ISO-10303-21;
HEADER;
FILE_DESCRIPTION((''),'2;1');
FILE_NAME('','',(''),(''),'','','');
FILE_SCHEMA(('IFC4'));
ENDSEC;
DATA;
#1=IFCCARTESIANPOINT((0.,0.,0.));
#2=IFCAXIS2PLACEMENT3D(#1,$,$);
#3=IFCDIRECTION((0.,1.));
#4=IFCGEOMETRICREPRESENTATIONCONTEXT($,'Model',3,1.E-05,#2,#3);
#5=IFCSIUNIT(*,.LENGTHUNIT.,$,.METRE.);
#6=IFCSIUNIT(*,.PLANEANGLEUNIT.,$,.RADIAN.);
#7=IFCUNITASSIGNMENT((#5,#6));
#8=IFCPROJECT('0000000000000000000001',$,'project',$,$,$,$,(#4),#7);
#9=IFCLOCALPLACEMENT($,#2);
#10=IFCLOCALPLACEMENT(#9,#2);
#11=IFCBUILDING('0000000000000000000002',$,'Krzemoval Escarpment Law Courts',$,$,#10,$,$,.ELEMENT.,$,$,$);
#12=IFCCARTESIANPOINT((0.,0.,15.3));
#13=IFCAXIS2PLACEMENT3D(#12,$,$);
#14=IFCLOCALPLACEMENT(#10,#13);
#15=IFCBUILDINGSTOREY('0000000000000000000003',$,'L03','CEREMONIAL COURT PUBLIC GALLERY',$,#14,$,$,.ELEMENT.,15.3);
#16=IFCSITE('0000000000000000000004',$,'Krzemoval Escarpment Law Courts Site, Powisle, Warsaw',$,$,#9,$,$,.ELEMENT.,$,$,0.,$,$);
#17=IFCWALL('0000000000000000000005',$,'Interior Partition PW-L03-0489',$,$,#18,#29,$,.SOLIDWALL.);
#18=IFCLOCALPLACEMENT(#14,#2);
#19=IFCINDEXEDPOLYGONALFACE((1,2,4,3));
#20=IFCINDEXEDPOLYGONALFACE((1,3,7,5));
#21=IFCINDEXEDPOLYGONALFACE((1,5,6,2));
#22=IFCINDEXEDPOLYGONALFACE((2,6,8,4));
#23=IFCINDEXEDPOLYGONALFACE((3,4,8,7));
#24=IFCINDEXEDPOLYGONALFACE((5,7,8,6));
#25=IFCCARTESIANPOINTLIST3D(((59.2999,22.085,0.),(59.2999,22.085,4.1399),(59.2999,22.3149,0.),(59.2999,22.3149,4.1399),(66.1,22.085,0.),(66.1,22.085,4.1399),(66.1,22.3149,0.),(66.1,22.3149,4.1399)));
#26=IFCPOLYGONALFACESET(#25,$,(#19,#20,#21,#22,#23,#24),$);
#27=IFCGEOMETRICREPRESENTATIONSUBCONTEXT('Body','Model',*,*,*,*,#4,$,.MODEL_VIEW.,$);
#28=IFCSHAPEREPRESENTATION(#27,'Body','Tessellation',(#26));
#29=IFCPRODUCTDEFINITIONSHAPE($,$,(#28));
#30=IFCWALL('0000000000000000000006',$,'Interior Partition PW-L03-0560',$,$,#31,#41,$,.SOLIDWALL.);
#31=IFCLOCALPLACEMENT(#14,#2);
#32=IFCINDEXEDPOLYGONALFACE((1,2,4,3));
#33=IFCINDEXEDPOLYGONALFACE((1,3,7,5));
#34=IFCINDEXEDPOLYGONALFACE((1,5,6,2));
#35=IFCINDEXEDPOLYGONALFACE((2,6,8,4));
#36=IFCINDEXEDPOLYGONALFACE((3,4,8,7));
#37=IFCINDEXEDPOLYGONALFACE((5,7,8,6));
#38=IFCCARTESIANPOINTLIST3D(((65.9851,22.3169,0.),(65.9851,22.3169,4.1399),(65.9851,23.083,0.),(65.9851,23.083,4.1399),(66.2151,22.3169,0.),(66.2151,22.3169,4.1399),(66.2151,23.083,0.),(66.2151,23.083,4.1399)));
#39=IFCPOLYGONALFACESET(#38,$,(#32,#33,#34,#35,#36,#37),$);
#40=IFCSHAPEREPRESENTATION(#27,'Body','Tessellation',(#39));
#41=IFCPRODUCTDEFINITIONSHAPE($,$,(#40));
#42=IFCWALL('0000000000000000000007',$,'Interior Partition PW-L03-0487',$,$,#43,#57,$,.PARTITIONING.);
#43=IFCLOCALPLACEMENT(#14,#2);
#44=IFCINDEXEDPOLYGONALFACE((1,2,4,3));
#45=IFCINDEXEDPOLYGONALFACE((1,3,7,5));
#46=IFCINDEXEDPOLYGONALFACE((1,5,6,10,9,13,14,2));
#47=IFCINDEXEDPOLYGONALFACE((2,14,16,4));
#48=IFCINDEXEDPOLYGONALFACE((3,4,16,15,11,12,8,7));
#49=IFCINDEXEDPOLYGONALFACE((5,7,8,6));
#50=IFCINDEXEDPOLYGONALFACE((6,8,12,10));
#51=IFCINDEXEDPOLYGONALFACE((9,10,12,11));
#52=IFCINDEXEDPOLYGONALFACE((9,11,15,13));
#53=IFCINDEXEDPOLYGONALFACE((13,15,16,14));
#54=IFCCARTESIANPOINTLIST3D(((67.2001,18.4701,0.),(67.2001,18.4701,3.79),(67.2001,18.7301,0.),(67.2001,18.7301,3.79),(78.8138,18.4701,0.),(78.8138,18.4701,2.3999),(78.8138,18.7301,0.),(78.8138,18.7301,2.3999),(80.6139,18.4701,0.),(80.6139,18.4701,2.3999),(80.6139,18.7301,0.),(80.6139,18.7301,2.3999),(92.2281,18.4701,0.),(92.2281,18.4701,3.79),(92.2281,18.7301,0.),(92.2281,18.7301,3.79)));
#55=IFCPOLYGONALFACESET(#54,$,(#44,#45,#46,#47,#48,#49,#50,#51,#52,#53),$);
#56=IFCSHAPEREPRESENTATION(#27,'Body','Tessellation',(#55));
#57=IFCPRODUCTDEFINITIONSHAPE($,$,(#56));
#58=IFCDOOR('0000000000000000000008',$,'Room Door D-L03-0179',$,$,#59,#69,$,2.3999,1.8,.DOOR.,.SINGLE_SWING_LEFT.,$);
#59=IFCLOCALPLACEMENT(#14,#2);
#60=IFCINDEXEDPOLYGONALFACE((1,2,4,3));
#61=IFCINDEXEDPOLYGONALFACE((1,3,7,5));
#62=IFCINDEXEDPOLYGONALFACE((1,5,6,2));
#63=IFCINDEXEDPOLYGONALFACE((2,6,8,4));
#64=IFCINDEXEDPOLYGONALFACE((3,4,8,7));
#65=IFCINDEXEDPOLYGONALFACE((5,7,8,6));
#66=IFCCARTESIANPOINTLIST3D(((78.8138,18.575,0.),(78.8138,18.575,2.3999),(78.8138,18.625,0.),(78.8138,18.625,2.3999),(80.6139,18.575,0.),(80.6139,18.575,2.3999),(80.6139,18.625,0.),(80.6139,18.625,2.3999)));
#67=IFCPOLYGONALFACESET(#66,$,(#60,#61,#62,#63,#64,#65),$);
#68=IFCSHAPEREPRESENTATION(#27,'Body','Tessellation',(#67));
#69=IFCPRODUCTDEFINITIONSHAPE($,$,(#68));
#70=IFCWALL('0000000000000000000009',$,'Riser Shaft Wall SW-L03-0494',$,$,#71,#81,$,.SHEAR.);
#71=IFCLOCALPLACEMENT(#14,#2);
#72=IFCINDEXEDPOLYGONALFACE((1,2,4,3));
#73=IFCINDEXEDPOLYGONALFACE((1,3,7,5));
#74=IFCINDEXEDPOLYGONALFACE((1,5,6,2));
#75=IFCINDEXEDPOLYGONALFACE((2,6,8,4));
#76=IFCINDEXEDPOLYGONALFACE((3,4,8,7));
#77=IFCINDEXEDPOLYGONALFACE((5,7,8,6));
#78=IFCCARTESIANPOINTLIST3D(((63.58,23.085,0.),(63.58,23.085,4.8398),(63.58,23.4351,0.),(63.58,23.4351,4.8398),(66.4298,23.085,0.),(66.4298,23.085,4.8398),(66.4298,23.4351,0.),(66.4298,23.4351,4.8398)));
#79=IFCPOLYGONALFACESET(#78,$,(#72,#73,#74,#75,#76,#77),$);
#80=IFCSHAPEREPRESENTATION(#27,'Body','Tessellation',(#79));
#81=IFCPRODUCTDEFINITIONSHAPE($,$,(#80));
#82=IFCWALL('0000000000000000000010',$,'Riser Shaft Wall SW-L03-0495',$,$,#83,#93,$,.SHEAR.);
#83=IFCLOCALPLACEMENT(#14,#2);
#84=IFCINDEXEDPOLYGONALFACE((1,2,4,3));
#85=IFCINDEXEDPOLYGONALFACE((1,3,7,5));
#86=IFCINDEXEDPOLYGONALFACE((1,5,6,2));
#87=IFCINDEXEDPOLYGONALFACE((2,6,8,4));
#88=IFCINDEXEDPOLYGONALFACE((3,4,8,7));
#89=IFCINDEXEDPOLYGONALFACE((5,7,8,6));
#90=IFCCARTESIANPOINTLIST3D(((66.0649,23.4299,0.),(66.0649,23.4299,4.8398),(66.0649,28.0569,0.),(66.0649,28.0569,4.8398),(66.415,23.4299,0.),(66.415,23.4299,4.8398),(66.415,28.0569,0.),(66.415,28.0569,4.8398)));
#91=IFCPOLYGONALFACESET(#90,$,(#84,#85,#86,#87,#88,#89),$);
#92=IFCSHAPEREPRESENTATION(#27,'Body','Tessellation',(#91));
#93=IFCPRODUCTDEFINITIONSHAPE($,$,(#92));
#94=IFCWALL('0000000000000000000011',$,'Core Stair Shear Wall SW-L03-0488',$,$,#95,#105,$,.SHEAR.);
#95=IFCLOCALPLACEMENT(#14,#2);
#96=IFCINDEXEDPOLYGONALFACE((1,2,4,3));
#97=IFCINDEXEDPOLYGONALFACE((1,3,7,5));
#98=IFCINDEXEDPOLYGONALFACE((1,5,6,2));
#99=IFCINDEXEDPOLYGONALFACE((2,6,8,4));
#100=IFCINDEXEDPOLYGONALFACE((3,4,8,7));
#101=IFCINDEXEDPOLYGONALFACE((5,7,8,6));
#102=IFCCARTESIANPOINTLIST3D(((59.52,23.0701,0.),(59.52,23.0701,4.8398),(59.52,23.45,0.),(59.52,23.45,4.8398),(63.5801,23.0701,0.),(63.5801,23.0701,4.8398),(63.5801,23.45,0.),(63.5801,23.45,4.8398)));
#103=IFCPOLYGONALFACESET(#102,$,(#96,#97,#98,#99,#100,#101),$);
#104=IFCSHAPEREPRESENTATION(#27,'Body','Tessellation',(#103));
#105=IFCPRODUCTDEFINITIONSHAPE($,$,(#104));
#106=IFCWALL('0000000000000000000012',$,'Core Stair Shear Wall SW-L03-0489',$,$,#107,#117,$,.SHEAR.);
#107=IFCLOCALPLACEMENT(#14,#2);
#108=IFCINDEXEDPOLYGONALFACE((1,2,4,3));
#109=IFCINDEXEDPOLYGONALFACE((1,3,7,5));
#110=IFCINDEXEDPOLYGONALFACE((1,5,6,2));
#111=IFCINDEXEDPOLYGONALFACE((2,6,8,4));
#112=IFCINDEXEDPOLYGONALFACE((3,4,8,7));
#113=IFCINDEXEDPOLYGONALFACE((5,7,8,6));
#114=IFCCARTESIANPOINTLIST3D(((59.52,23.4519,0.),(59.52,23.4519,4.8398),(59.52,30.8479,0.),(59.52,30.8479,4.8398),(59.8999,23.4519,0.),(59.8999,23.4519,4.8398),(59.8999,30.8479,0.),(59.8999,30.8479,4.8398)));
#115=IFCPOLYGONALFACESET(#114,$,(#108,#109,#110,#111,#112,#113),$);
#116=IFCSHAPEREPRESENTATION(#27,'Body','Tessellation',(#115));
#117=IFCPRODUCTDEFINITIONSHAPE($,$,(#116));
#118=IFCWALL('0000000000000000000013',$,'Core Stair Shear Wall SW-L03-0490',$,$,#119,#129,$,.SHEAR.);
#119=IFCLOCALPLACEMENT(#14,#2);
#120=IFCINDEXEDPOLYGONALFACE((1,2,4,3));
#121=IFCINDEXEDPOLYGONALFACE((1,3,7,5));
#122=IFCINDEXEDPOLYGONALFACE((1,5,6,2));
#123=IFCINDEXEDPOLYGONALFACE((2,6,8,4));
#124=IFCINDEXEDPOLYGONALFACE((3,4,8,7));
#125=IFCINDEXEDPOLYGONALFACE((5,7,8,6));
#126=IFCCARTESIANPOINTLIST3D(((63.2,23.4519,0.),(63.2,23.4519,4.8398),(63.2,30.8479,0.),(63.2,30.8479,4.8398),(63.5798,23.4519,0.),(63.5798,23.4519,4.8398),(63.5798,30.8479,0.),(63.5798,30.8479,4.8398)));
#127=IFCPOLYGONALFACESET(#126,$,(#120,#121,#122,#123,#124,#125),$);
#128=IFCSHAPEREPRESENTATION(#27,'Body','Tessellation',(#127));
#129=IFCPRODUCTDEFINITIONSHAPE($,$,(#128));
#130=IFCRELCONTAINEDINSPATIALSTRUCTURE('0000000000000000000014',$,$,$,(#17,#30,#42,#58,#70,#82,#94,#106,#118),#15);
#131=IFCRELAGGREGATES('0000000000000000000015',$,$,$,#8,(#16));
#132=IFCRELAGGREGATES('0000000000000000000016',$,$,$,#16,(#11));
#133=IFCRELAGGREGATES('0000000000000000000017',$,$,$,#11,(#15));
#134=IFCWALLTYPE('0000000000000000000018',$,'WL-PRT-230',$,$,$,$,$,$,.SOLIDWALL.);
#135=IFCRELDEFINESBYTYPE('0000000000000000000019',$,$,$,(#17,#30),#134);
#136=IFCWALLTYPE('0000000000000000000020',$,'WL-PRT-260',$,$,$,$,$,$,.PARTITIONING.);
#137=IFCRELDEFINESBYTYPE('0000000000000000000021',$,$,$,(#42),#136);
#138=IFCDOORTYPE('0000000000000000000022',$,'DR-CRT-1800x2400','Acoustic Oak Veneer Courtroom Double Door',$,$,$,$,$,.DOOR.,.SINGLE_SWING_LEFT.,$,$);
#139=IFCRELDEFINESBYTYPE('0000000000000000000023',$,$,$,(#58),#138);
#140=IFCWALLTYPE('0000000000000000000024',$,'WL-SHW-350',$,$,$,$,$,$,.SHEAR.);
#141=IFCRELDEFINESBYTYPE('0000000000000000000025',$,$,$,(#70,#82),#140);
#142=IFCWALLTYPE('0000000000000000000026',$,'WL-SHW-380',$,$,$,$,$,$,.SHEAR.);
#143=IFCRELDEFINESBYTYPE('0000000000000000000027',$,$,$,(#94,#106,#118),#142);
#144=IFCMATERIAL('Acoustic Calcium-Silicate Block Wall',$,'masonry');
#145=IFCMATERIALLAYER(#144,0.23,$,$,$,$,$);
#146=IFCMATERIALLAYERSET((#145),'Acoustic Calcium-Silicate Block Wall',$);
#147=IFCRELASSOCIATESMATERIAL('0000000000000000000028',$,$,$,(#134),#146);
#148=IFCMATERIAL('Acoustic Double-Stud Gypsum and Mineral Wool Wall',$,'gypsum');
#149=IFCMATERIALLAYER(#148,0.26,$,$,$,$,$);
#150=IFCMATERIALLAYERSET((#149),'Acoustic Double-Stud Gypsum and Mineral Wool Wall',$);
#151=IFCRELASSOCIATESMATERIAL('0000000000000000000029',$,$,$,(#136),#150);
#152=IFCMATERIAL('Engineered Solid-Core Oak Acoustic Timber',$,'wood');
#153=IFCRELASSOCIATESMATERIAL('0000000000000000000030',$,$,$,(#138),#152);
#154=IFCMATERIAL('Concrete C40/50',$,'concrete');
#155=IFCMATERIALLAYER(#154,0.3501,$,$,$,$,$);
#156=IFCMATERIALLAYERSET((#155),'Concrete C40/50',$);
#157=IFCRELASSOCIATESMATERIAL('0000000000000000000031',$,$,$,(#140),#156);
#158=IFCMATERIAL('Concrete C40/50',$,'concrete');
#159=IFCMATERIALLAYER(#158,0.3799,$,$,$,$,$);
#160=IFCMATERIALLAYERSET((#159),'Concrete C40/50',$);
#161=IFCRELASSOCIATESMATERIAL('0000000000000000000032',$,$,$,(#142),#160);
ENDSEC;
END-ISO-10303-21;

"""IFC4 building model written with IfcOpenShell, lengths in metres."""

from ifc_helpers import new_model, si_unit, direction, frame, frame_2d, origin, place, context, subcontext, project, spatial, rectangle, extrude, material, layer, layer_set, type_object, element, fill, save


model = new_model("IFC4")

# Units and contexts
model_context = context("Model", 3, precision=1e-05, world=origin(), true_north=direction((0.0, 1.0)))
body_context = subcontext(model_context, "Body", "Model", "MODEL_VIEW")
ifc_project = project(units=[si_unit("LENGTHUNIT", "METRE"), si_unit("PLANEANGLEUNIT", "RADIAN")], contexts=[model_context])

# Site, building, storey
site_placement = place(None, origin())
site = spatial("IfcSite", under=ifc_project, at=site_placement, Name="Krzemoval Escarpment Law Courts Site, Powisle, Warsaw", CompositionType="ELEMENT", RefElevation=0.0)
building_placement = place(site_placement, origin())
building = spatial("IfcBuilding", under=site, at=building_placement, Name="Krzemoval Escarpment Law Courts", CompositionType="ELEMENT")
storey_placement = place(building_placement, frame((0.0, 0.0, 15.3)))
storey = spatial("IfcBuildingStorey", under=building, at=storey_placement, Name="L03", Description="CEREMONIAL COURT PUBLIC GALLERY", CompositionType="ELEMENT", Elevation=15.3)

# Walls
ifc_material_1 = material(Name="Acoustic Calcium-Silicate Block Wall", Category="masonry")
ifc_layer_1 = layer(ifc_material_1, 0.23)
ifc_layer_set_1 = layer_set([ifc_layer_1], Name="Acoustic Calcium-Silicate Block Wall")
wall_type_1 = type_object("IfcWallType", Name="WL-PRT-230", PredefinedType="SOLIDWALL", material=ifc_layer_set_1)
wall_1_placement = place(storey_placement, frame((59.3, 22.2, 0.0), z_axis=(0.0, 0.0, 1.0), x_axis=(1.0, 0.0, 0.0)))
element("IfcWall", 1, at=wall_1_placement, inside=storey, type_object=wall_type_1, Name="Interior Partition PW-L03-0489", PredefinedType="SOLIDWALL", context=body_context, shape_type="SweptSolid", body=[
    extrude(rectangle(XDim=6.8, YDim=0.23, at=frame_2d((3.3999, 0.0))), origin(), (0.0, 0.0, 1.0), 4.1399),
])
wall_2_placement = place(storey_placement, frame((66.1001, 22.3169, 0.0), z_axis=(0.0, 0.0, 1.0), x_axis=(0.0, 1.0, 0.0)))
element("IfcWall", 2, at=wall_2_placement, inside=storey, type_object=wall_type_1, Name="Interior Partition PW-L03-0560", PredefinedType="SOLIDWALL", context=body_context, shape_type="SweptSolid", body=[
    extrude(rectangle(XDim=0.7661, YDim=0.23, at=frame_2d((0.3831, 0.0))), origin(), (0.0, 0.0, 1.0), 4.1399),
])

# Wall, opening, door
ifc_material_2 = material(Name="Acoustic Double-Stud Gypsum and Mineral Wool Wall", Category="gypsum")
ifc_layer_2 = layer(ifc_material_2, 0.26)
ifc_layer_set_2 = layer_set([ifc_layer_2], Name="Acoustic Double-Stud Gypsum and Mineral Wool Wall")
wall_type_2 = type_object("IfcWallType", Name="WL-PRT-260", PredefinedType="PARTITIONING", material=ifc_layer_set_2)
wall_3_placement = place(storey_placement, frame((67.2, 18.6001, 0.0), z_axis=(0.0, 0.0, 1.0), x_axis=(1.0, 0.0, 0.0)))
wall_3 = element("IfcWall", 3, at=wall_3_placement, inside=storey, type_object=wall_type_2, Name="Interior Partition PW-L03-0487", PredefinedType="PARTITIONING", context=body_context, shape_type="SweptSolid", body=[
    extrude(rectangle(XDim=25.0281, YDim=0.26, at=frame_2d((12.5142, 0.0))), origin(), (0.0, 0.0, 1.0), 3.79),
])
opening_1_placement = place(wall_3_placement, frame((11.614, 0.0, 0.0)))
opening_1 = element("IfcOpeningElement", 4, at=opening_1_placement, cuts=wall_3, PredefinedType="OPENING", context=body_context, shape_type="SweptSolid", body=[
    extrude(rectangle(XDim=1.8, YDim=2.3999, at=frame_2d((0.8999, 1.2))), frame((0.0, 0.145, 0.0), z_axis=(0.0, -1.0, 0.0), x_axis=(1.0, 0.0, 0.0)), (0.0, 0.0, 1.0), 0.29),
])
ifc_material_3 = material(Name="Engineered Solid-Core Oak Acoustic Timber", Category="wood")
door_type_1 = type_object("IfcDoorType", Name="DR-CRT-1800x2400", Description="Acoustic Oak Veneer Courtroom Double Door", OperationType="SINGLE_SWING_LEFT", PredefinedType="DOOR", material=ifc_material_3)
door_1_placement = place(opening_1_placement, origin())
door_1 = element("IfcDoor", 5, at=door_1_placement, inside=storey, type_object=door_type_1, Name="Room Door D-L03-0179", OperationType="SINGLE_SWING_LEFT", OverallHeight=2.3999, OverallWidth=1.8, PredefinedType="DOOR", context=body_context, shape_type="SweptSolid", body=[
    extrude(rectangle(XDim=1.8, YDim=2.3999, at=frame_2d((0.8999, 1.2))), frame((0.0, 0.0249, 0.0), z_axis=(0.0, -1.0, 0.0), x_axis=(1.0, 0.0, 0.0)), (0.0, 0.0, 1.0), 0.05),
])
fill(opening_1, door_1)

# Walls
ifc_material_4 = material(Name="Concrete C40/50", Category="concrete")
ifc_layer_3 = layer(ifc_material_4, 0.3501)
ifc_layer_set_3 = layer_set([ifc_layer_3], Name="Concrete C40/50")
wall_type_3 = type_object("IfcWallType", Name="WL-SHW-350", PredefinedType="SHEAR", material=ifc_layer_set_3)
wall_4_placement = place(storey_placement, frame((63.5801, 23.26, 0.0), z_axis=(0.0, 0.0, 1.0), x_axis=(1.0, 0.0, 0.0)))
element("IfcWall", 6, at=wall_4_placement, inside=storey, type_object=wall_type_3, Name="Riser Shaft Wall SW-L03-0494", PredefinedType="SHEAR", context=body_context, shape_type="SweptSolid", body=[
    extrude(rectangle(XDim=2.8499, YDim=0.3501, at=frame_2d((1.4248, 0.0))), origin(), (0.0, 0.0, 1.0), 4.8398),
])
wall_5_placement = place(storey_placement, frame((66.24, 23.4299, 0.0), z_axis=(0.0, 0.0, 1.0), x_axis=(0.0, 1.0, 0.0)))
element("IfcWall", 7, at=wall_5_placement, inside=storey, type_object=wall_type_3, Name="Riser Shaft Wall SW-L03-0495", PredefinedType="SHEAR", context=body_context, shape_type="SweptSolid", body=[
    extrude(rectangle(XDim=4.627, YDim=0.3501, at=frame_2d((2.3135, 0.0))), origin(), (0.0, 0.0, 1.0), 4.8398),
])
ifc_material_5 = material(Name="Concrete C40/50", Category="concrete")
ifc_layer_4 = layer(ifc_material_5, 0.3799)
ifc_layer_set_4 = layer_set([ifc_layer_4], Name="Concrete C40/50")
wall_type_4 = type_object("IfcWallType", Name="WL-SHW-380", PredefinedType="SHEAR", material=ifc_layer_set_4)
wall_6_placement = place(storey_placement, frame((59.52, 23.26, 0.0), z_axis=(0.0, 0.0, 1.0), x_axis=(1.0, 0.0, 0.0)))
element("IfcWall", 8, at=wall_6_placement, inside=storey, type_object=wall_type_4, Name="Core Stair Shear Wall SW-L03-0488", PredefinedType="SHEAR", context=body_context, shape_type="SweptSolid", body=[
    extrude(rectangle(XDim=4.0601, YDim=0.3799, at=frame_2d((2.03, 0.0))), origin(), (0.0, 0.0, 1.0), 4.8398),
])
for number, where, z_axis, x_axis, name in (
    (9, (59.71, 23.4519, 0.0), (0.0, 0.0, 1.0), (0.0, 1.0, 0.0), "Core Stair Shear Wall SW-L03-0489"),
    (10, (63.3899, 23.4519, 0.0), (0.0, 0.0, 1.0), (0.0, 1.0, 0.0), "Core Stair Shear Wall SW-L03-0490"),
):
    element("IfcWall", number, at=place(storey_placement, frame(where, z_axis=z_axis, x_axis=x_axis)), inside=storey, type_object=wall_type_4, Name=name, PredefinedType="SHEAR", context=body_context, shape_type="SweptSolid", body=[
        extrude(rectangle(XDim=7.396, YDim=0.3799, at=frame_2d((3.698, 0.0))), origin(), (0.0, 0.0, 1.0), 4.8398),
    ])

save(model, "model.ifc")
